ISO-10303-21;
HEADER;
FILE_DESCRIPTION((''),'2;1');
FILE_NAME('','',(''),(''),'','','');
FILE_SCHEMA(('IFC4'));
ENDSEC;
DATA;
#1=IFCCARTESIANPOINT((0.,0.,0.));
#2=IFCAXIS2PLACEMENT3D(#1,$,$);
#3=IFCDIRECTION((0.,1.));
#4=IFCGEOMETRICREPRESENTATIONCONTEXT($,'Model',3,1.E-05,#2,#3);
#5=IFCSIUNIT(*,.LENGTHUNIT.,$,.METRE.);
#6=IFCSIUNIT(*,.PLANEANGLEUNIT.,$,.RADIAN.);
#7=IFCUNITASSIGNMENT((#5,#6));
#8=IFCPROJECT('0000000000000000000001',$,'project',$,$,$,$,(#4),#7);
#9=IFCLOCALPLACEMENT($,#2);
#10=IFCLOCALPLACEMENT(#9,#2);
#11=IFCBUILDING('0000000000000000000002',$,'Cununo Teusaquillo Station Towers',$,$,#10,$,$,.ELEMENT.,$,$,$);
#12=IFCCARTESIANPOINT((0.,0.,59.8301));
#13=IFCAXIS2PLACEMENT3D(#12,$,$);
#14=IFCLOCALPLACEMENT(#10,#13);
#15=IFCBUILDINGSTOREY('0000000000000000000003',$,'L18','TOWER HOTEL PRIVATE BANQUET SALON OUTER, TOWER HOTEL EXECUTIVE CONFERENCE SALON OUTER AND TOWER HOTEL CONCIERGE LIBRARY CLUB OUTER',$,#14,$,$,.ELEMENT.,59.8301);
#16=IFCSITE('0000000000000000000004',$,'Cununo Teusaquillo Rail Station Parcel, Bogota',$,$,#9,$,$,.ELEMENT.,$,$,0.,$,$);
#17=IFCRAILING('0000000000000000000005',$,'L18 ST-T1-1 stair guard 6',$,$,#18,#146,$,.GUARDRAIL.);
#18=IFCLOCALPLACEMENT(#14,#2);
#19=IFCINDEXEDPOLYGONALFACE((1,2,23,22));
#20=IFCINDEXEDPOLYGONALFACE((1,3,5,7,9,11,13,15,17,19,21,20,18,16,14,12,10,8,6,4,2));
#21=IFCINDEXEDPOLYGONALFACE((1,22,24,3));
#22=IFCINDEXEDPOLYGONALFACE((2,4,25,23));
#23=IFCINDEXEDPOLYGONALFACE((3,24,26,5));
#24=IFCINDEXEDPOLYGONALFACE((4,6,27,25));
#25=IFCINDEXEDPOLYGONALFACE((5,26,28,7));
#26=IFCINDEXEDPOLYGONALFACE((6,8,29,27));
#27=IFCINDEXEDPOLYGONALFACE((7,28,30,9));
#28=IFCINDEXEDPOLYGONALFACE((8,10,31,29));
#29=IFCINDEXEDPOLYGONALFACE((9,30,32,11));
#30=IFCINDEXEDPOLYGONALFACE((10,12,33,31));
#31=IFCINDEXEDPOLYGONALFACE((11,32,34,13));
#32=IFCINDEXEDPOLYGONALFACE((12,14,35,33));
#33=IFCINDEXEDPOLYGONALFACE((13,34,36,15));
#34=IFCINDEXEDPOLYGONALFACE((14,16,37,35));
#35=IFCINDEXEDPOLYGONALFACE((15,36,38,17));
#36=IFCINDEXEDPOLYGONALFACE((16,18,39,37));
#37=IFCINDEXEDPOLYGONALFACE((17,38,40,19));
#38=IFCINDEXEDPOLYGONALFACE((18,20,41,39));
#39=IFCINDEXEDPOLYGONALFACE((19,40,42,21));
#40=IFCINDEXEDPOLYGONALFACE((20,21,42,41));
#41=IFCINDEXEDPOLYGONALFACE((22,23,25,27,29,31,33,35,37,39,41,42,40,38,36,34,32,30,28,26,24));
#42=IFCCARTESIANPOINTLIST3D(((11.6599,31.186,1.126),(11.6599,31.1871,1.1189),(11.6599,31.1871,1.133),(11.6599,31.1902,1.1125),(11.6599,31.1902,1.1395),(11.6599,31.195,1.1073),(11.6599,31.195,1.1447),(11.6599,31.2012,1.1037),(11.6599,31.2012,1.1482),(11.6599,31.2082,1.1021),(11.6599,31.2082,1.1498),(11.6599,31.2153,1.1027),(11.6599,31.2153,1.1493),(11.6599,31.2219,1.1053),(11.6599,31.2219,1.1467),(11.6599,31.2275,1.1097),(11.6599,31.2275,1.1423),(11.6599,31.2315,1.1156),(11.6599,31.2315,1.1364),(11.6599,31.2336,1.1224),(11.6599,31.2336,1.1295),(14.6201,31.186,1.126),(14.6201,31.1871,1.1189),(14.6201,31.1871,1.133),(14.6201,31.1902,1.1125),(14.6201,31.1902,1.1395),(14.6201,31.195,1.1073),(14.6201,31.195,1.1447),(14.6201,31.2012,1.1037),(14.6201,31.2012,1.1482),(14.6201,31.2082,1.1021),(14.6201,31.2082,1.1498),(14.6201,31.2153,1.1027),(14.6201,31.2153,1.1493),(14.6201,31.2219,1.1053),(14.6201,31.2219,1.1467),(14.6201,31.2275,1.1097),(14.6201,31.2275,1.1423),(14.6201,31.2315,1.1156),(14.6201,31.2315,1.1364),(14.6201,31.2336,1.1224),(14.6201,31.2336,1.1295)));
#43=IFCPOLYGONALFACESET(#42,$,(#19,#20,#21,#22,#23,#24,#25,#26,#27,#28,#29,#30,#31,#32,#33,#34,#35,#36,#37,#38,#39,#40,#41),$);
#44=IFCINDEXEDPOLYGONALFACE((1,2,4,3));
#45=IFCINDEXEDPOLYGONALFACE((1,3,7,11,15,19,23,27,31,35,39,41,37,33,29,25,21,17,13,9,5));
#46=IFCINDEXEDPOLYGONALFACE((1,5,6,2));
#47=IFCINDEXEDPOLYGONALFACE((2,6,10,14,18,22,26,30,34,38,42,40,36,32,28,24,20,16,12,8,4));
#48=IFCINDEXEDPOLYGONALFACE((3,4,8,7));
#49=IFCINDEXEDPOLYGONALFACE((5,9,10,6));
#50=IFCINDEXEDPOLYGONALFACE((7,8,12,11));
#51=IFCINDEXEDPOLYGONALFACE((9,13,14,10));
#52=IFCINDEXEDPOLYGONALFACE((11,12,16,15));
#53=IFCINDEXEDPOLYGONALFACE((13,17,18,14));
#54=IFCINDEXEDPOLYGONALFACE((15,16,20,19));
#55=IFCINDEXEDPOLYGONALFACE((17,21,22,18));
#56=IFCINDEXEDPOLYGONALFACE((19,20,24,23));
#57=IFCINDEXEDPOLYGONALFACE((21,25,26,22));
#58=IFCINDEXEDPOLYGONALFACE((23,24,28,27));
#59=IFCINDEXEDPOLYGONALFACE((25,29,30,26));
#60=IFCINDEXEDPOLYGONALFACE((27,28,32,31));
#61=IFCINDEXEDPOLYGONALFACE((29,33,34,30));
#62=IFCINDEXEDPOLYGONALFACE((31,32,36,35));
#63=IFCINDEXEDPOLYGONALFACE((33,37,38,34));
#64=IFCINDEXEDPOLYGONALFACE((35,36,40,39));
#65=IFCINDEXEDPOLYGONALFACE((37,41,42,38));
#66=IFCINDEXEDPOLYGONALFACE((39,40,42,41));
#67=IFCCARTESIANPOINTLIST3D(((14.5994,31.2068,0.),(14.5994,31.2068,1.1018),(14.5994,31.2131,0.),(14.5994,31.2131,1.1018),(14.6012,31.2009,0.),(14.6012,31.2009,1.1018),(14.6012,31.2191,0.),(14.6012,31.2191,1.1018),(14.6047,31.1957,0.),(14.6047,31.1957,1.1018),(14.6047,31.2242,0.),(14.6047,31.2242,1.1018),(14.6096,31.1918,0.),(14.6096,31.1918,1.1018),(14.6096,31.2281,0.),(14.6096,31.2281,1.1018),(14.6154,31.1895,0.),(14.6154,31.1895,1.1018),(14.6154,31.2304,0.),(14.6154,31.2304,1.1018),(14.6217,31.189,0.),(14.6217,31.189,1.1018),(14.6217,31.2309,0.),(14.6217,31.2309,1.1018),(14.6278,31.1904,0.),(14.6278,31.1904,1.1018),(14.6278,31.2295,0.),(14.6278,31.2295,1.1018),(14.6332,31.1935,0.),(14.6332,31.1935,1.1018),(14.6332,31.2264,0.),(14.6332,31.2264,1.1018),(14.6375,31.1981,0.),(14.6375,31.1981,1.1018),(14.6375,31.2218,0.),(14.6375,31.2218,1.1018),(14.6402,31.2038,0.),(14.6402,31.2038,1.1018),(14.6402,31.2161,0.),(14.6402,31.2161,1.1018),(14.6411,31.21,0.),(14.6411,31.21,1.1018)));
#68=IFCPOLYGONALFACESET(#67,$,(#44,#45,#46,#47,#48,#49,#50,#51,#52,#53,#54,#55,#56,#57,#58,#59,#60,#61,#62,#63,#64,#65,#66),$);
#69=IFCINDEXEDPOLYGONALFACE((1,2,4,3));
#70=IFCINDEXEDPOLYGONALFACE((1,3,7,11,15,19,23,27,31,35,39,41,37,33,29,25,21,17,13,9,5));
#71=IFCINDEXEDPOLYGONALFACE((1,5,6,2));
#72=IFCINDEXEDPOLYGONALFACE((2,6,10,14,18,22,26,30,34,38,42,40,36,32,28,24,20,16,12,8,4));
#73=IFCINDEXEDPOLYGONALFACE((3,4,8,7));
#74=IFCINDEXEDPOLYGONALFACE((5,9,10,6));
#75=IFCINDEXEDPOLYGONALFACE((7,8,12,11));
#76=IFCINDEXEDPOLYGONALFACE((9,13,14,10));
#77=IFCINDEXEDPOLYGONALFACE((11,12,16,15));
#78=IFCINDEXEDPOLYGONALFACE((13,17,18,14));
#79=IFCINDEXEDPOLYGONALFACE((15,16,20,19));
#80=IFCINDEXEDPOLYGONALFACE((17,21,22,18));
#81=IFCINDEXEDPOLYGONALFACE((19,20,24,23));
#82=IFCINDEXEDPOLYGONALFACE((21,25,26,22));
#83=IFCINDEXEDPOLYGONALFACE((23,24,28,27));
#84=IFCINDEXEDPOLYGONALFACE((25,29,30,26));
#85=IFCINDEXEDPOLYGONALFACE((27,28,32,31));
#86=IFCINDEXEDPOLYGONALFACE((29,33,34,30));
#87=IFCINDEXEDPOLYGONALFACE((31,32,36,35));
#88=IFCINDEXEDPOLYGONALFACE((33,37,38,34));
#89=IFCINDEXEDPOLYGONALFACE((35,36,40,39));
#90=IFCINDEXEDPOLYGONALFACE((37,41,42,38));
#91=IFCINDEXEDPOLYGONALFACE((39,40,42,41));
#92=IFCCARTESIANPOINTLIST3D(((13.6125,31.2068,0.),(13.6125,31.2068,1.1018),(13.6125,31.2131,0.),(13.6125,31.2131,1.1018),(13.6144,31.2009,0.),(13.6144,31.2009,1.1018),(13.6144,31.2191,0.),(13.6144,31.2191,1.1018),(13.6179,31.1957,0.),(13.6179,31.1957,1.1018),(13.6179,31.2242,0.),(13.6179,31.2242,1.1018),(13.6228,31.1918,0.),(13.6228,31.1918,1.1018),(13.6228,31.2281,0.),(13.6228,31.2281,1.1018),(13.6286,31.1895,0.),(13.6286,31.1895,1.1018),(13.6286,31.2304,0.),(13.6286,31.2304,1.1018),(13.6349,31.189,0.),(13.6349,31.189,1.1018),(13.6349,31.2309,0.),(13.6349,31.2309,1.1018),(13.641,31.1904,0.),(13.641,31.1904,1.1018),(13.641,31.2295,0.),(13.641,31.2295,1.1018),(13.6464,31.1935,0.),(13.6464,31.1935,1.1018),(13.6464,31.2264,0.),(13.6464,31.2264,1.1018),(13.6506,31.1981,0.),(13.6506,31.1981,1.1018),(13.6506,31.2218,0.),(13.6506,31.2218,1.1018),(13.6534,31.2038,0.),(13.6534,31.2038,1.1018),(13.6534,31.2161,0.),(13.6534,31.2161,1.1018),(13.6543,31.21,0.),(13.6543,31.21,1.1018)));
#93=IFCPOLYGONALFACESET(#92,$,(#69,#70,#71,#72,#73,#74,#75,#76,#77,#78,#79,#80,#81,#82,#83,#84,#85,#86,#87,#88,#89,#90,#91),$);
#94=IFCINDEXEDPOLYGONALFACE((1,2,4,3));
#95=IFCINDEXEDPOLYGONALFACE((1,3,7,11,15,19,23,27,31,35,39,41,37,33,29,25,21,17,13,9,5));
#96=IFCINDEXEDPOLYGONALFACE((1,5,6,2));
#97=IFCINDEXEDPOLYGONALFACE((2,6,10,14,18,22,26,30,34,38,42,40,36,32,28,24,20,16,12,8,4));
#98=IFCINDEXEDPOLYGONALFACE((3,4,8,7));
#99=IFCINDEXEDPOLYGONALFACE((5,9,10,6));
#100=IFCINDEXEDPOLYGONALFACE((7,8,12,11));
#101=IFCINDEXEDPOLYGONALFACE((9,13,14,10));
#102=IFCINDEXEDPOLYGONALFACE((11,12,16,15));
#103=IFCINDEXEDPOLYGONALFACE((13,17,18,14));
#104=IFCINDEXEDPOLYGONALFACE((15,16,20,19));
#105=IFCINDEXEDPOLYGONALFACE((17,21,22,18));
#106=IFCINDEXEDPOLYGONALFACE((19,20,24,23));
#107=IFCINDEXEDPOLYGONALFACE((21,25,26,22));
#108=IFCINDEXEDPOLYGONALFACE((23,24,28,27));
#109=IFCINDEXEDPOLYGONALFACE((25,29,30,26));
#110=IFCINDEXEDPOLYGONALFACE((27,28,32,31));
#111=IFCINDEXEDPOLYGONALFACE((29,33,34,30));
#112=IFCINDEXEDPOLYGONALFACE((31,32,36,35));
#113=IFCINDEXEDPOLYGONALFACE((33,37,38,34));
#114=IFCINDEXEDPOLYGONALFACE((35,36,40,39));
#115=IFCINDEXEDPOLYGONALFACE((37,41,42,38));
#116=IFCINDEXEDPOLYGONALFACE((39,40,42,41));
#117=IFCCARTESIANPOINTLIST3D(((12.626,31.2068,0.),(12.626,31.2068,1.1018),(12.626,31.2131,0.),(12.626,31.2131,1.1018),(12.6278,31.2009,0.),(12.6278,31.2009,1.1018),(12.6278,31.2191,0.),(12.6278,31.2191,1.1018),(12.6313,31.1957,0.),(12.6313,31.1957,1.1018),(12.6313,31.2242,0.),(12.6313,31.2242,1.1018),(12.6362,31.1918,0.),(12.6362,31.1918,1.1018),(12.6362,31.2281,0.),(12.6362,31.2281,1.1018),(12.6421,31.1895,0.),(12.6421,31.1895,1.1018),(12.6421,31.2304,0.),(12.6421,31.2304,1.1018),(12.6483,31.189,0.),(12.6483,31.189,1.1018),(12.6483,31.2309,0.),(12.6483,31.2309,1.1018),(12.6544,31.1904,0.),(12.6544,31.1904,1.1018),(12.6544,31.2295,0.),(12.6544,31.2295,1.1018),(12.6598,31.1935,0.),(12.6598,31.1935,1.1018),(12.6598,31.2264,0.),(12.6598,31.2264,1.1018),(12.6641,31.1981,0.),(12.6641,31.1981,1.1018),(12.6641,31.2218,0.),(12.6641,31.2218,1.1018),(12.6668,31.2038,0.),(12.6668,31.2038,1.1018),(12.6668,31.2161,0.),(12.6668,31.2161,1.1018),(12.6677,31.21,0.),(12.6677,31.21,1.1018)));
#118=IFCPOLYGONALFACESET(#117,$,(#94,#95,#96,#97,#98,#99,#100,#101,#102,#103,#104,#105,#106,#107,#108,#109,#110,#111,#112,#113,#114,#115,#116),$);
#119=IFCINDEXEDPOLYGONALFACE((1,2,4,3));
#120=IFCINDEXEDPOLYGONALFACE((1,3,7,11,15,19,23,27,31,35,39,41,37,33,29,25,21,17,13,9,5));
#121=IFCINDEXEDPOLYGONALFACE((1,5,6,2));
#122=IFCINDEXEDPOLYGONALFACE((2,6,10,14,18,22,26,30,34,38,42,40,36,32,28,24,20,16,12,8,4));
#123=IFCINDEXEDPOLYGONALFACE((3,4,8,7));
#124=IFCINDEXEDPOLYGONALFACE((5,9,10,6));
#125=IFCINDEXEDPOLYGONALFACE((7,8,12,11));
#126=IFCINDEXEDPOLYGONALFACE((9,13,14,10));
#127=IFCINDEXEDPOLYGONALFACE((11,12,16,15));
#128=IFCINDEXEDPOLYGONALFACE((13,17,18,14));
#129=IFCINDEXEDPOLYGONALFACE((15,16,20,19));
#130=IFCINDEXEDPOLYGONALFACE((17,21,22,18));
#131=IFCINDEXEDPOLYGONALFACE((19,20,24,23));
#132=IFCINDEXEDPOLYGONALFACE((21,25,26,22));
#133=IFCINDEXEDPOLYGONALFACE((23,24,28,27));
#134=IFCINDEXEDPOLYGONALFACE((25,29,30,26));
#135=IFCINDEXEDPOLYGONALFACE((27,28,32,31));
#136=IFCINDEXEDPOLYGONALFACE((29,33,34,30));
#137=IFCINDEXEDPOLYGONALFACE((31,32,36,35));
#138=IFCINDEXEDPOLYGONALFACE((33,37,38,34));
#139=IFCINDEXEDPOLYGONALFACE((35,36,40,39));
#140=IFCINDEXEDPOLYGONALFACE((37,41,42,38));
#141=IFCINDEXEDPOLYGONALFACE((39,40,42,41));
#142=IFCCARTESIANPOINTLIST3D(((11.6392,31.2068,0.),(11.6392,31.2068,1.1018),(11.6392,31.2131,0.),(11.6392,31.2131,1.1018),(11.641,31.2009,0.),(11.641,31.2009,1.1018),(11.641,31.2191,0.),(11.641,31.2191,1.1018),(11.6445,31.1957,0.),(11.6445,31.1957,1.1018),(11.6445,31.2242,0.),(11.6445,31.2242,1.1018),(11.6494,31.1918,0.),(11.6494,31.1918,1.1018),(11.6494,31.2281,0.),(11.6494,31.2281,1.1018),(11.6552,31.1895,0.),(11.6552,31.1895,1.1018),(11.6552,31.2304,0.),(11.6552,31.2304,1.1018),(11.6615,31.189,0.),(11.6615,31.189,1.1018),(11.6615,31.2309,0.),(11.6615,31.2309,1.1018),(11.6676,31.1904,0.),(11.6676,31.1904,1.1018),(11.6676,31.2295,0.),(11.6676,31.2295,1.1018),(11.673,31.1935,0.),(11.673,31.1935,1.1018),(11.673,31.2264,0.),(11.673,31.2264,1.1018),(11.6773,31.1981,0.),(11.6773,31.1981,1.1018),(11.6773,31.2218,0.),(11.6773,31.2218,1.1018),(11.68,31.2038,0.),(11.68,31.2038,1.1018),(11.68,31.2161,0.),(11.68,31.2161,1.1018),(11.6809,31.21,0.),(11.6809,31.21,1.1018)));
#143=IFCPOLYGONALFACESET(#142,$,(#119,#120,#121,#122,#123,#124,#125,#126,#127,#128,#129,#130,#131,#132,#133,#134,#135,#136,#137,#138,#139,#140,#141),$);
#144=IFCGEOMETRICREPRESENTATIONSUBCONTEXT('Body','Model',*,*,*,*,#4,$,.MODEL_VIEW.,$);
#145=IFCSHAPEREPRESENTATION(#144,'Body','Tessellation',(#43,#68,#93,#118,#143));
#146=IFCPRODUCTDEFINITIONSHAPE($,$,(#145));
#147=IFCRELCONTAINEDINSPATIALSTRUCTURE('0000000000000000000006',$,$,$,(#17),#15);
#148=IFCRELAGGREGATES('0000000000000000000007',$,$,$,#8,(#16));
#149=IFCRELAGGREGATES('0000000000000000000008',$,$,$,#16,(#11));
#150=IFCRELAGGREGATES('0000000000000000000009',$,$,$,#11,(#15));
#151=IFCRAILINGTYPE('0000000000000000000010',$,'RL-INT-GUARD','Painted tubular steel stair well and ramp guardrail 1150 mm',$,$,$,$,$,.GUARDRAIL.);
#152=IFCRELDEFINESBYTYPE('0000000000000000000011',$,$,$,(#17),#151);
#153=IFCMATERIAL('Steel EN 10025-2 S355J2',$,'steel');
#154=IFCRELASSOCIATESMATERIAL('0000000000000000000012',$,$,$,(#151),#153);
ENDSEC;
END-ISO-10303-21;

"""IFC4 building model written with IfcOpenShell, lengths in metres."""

from ifc_helpers import new_model, si_unit, direction, frame, origin, origin_2d, place, context, subcontext, project, spatial, circle, extrude, material, type_object, element, save


model = new_model("IFC4")

# Units and contexts
model_context = context("Model", 3, precision=1e-05, world=origin(), true_north=direction((0.0, 1.0)))
body_context = subcontext(model_context, "Body", "Model", "MODEL_VIEW")
ifc_project = project(units=[si_unit("LENGTHUNIT", "METRE"), si_unit("PLANEANGLEUNIT", "RADIAN")], contexts=[model_context])

# Site, building, storey
site_placement = place(None, origin())
site = spatial("IfcSite", under=ifc_project, at=site_placement, Name="Cununo Teusaquillo Rail Station Parcel, Bogota", CompositionType="ELEMENT", RefElevation=0.0)
building_placement = place(site_placement, origin())
building = spatial("IfcBuilding", under=site, at=building_placement, Name="Cununo Teusaquillo Station Towers", CompositionType="ELEMENT")
storey_placement = place(building_placement, frame((0.0, 0.0, 59.8301)))
storey = spatial("IfcBuildingStorey", under=building, at=storey_placement, Name="L18", Description="TOWER HOTEL PRIVATE BANQUET SALON OUTER, TOWER HOTEL EXECUTIVE CONFERENCE SALON OUTER AND TOWER HOTEL CONCIERGE LIBRARY CLUB OUTER", CompositionType="ELEMENT", Elevation=59.8301)

# Railing
ifc_material_1 = material(Name="Steel EN 10025-2 S355J2", Category="steel")
railing_type_1 = type_object("IfcRailingType", Name="RL-INT-GUARD", Description="Painted tubular steel stair well and ramp guardrail 1150 mm", PredefinedType="GUARDRAIL", material=ifc_material_1)
railing_1_placement = place(storey_placement, frame((14.6201, 31.21, 0.0)))
element("IfcRailing", 1, at=railing_1_placement, inside=storey, type_object=railing_type_1, Name="L18 ST-T1-1 stair guard 6", PredefinedType="GUARDRAIL", context=body_context, shape_type="SweptSolid", body=[
    extrude(circle(Radius=0.0239, at=origin_2d()), frame((0.0, 0.0, 1.126), z_axis=(-1.0, 0.0, 0.0), x_axis=(0.0, -1.0, 0.0)), (0.0, 0.0, 1.0), 2.9602),
    extrude(circle(Radius=0.021, at=origin_2d()), origin(), (0.0, 0.0, 1.0), 1.1018),
    extrude(circle(Radius=0.021, at=origin_2d()), frame((-0.9868, 0.0, 0.0)), (0.0, 0.0, 1.0), 1.1018),
    extrude(circle(Radius=0.021, at=origin_2d()), frame((-1.9734, 0.0, 0.0)), (0.0, 0.0, 1.0), 1.1018),
    extrude(circle(Radius=0.021, at=origin_2d()), frame((-2.9602, 0.0, 0.0)), (0.0, 0.0, 1.0), 1.1018),
])

save(model, "model.ifc")
